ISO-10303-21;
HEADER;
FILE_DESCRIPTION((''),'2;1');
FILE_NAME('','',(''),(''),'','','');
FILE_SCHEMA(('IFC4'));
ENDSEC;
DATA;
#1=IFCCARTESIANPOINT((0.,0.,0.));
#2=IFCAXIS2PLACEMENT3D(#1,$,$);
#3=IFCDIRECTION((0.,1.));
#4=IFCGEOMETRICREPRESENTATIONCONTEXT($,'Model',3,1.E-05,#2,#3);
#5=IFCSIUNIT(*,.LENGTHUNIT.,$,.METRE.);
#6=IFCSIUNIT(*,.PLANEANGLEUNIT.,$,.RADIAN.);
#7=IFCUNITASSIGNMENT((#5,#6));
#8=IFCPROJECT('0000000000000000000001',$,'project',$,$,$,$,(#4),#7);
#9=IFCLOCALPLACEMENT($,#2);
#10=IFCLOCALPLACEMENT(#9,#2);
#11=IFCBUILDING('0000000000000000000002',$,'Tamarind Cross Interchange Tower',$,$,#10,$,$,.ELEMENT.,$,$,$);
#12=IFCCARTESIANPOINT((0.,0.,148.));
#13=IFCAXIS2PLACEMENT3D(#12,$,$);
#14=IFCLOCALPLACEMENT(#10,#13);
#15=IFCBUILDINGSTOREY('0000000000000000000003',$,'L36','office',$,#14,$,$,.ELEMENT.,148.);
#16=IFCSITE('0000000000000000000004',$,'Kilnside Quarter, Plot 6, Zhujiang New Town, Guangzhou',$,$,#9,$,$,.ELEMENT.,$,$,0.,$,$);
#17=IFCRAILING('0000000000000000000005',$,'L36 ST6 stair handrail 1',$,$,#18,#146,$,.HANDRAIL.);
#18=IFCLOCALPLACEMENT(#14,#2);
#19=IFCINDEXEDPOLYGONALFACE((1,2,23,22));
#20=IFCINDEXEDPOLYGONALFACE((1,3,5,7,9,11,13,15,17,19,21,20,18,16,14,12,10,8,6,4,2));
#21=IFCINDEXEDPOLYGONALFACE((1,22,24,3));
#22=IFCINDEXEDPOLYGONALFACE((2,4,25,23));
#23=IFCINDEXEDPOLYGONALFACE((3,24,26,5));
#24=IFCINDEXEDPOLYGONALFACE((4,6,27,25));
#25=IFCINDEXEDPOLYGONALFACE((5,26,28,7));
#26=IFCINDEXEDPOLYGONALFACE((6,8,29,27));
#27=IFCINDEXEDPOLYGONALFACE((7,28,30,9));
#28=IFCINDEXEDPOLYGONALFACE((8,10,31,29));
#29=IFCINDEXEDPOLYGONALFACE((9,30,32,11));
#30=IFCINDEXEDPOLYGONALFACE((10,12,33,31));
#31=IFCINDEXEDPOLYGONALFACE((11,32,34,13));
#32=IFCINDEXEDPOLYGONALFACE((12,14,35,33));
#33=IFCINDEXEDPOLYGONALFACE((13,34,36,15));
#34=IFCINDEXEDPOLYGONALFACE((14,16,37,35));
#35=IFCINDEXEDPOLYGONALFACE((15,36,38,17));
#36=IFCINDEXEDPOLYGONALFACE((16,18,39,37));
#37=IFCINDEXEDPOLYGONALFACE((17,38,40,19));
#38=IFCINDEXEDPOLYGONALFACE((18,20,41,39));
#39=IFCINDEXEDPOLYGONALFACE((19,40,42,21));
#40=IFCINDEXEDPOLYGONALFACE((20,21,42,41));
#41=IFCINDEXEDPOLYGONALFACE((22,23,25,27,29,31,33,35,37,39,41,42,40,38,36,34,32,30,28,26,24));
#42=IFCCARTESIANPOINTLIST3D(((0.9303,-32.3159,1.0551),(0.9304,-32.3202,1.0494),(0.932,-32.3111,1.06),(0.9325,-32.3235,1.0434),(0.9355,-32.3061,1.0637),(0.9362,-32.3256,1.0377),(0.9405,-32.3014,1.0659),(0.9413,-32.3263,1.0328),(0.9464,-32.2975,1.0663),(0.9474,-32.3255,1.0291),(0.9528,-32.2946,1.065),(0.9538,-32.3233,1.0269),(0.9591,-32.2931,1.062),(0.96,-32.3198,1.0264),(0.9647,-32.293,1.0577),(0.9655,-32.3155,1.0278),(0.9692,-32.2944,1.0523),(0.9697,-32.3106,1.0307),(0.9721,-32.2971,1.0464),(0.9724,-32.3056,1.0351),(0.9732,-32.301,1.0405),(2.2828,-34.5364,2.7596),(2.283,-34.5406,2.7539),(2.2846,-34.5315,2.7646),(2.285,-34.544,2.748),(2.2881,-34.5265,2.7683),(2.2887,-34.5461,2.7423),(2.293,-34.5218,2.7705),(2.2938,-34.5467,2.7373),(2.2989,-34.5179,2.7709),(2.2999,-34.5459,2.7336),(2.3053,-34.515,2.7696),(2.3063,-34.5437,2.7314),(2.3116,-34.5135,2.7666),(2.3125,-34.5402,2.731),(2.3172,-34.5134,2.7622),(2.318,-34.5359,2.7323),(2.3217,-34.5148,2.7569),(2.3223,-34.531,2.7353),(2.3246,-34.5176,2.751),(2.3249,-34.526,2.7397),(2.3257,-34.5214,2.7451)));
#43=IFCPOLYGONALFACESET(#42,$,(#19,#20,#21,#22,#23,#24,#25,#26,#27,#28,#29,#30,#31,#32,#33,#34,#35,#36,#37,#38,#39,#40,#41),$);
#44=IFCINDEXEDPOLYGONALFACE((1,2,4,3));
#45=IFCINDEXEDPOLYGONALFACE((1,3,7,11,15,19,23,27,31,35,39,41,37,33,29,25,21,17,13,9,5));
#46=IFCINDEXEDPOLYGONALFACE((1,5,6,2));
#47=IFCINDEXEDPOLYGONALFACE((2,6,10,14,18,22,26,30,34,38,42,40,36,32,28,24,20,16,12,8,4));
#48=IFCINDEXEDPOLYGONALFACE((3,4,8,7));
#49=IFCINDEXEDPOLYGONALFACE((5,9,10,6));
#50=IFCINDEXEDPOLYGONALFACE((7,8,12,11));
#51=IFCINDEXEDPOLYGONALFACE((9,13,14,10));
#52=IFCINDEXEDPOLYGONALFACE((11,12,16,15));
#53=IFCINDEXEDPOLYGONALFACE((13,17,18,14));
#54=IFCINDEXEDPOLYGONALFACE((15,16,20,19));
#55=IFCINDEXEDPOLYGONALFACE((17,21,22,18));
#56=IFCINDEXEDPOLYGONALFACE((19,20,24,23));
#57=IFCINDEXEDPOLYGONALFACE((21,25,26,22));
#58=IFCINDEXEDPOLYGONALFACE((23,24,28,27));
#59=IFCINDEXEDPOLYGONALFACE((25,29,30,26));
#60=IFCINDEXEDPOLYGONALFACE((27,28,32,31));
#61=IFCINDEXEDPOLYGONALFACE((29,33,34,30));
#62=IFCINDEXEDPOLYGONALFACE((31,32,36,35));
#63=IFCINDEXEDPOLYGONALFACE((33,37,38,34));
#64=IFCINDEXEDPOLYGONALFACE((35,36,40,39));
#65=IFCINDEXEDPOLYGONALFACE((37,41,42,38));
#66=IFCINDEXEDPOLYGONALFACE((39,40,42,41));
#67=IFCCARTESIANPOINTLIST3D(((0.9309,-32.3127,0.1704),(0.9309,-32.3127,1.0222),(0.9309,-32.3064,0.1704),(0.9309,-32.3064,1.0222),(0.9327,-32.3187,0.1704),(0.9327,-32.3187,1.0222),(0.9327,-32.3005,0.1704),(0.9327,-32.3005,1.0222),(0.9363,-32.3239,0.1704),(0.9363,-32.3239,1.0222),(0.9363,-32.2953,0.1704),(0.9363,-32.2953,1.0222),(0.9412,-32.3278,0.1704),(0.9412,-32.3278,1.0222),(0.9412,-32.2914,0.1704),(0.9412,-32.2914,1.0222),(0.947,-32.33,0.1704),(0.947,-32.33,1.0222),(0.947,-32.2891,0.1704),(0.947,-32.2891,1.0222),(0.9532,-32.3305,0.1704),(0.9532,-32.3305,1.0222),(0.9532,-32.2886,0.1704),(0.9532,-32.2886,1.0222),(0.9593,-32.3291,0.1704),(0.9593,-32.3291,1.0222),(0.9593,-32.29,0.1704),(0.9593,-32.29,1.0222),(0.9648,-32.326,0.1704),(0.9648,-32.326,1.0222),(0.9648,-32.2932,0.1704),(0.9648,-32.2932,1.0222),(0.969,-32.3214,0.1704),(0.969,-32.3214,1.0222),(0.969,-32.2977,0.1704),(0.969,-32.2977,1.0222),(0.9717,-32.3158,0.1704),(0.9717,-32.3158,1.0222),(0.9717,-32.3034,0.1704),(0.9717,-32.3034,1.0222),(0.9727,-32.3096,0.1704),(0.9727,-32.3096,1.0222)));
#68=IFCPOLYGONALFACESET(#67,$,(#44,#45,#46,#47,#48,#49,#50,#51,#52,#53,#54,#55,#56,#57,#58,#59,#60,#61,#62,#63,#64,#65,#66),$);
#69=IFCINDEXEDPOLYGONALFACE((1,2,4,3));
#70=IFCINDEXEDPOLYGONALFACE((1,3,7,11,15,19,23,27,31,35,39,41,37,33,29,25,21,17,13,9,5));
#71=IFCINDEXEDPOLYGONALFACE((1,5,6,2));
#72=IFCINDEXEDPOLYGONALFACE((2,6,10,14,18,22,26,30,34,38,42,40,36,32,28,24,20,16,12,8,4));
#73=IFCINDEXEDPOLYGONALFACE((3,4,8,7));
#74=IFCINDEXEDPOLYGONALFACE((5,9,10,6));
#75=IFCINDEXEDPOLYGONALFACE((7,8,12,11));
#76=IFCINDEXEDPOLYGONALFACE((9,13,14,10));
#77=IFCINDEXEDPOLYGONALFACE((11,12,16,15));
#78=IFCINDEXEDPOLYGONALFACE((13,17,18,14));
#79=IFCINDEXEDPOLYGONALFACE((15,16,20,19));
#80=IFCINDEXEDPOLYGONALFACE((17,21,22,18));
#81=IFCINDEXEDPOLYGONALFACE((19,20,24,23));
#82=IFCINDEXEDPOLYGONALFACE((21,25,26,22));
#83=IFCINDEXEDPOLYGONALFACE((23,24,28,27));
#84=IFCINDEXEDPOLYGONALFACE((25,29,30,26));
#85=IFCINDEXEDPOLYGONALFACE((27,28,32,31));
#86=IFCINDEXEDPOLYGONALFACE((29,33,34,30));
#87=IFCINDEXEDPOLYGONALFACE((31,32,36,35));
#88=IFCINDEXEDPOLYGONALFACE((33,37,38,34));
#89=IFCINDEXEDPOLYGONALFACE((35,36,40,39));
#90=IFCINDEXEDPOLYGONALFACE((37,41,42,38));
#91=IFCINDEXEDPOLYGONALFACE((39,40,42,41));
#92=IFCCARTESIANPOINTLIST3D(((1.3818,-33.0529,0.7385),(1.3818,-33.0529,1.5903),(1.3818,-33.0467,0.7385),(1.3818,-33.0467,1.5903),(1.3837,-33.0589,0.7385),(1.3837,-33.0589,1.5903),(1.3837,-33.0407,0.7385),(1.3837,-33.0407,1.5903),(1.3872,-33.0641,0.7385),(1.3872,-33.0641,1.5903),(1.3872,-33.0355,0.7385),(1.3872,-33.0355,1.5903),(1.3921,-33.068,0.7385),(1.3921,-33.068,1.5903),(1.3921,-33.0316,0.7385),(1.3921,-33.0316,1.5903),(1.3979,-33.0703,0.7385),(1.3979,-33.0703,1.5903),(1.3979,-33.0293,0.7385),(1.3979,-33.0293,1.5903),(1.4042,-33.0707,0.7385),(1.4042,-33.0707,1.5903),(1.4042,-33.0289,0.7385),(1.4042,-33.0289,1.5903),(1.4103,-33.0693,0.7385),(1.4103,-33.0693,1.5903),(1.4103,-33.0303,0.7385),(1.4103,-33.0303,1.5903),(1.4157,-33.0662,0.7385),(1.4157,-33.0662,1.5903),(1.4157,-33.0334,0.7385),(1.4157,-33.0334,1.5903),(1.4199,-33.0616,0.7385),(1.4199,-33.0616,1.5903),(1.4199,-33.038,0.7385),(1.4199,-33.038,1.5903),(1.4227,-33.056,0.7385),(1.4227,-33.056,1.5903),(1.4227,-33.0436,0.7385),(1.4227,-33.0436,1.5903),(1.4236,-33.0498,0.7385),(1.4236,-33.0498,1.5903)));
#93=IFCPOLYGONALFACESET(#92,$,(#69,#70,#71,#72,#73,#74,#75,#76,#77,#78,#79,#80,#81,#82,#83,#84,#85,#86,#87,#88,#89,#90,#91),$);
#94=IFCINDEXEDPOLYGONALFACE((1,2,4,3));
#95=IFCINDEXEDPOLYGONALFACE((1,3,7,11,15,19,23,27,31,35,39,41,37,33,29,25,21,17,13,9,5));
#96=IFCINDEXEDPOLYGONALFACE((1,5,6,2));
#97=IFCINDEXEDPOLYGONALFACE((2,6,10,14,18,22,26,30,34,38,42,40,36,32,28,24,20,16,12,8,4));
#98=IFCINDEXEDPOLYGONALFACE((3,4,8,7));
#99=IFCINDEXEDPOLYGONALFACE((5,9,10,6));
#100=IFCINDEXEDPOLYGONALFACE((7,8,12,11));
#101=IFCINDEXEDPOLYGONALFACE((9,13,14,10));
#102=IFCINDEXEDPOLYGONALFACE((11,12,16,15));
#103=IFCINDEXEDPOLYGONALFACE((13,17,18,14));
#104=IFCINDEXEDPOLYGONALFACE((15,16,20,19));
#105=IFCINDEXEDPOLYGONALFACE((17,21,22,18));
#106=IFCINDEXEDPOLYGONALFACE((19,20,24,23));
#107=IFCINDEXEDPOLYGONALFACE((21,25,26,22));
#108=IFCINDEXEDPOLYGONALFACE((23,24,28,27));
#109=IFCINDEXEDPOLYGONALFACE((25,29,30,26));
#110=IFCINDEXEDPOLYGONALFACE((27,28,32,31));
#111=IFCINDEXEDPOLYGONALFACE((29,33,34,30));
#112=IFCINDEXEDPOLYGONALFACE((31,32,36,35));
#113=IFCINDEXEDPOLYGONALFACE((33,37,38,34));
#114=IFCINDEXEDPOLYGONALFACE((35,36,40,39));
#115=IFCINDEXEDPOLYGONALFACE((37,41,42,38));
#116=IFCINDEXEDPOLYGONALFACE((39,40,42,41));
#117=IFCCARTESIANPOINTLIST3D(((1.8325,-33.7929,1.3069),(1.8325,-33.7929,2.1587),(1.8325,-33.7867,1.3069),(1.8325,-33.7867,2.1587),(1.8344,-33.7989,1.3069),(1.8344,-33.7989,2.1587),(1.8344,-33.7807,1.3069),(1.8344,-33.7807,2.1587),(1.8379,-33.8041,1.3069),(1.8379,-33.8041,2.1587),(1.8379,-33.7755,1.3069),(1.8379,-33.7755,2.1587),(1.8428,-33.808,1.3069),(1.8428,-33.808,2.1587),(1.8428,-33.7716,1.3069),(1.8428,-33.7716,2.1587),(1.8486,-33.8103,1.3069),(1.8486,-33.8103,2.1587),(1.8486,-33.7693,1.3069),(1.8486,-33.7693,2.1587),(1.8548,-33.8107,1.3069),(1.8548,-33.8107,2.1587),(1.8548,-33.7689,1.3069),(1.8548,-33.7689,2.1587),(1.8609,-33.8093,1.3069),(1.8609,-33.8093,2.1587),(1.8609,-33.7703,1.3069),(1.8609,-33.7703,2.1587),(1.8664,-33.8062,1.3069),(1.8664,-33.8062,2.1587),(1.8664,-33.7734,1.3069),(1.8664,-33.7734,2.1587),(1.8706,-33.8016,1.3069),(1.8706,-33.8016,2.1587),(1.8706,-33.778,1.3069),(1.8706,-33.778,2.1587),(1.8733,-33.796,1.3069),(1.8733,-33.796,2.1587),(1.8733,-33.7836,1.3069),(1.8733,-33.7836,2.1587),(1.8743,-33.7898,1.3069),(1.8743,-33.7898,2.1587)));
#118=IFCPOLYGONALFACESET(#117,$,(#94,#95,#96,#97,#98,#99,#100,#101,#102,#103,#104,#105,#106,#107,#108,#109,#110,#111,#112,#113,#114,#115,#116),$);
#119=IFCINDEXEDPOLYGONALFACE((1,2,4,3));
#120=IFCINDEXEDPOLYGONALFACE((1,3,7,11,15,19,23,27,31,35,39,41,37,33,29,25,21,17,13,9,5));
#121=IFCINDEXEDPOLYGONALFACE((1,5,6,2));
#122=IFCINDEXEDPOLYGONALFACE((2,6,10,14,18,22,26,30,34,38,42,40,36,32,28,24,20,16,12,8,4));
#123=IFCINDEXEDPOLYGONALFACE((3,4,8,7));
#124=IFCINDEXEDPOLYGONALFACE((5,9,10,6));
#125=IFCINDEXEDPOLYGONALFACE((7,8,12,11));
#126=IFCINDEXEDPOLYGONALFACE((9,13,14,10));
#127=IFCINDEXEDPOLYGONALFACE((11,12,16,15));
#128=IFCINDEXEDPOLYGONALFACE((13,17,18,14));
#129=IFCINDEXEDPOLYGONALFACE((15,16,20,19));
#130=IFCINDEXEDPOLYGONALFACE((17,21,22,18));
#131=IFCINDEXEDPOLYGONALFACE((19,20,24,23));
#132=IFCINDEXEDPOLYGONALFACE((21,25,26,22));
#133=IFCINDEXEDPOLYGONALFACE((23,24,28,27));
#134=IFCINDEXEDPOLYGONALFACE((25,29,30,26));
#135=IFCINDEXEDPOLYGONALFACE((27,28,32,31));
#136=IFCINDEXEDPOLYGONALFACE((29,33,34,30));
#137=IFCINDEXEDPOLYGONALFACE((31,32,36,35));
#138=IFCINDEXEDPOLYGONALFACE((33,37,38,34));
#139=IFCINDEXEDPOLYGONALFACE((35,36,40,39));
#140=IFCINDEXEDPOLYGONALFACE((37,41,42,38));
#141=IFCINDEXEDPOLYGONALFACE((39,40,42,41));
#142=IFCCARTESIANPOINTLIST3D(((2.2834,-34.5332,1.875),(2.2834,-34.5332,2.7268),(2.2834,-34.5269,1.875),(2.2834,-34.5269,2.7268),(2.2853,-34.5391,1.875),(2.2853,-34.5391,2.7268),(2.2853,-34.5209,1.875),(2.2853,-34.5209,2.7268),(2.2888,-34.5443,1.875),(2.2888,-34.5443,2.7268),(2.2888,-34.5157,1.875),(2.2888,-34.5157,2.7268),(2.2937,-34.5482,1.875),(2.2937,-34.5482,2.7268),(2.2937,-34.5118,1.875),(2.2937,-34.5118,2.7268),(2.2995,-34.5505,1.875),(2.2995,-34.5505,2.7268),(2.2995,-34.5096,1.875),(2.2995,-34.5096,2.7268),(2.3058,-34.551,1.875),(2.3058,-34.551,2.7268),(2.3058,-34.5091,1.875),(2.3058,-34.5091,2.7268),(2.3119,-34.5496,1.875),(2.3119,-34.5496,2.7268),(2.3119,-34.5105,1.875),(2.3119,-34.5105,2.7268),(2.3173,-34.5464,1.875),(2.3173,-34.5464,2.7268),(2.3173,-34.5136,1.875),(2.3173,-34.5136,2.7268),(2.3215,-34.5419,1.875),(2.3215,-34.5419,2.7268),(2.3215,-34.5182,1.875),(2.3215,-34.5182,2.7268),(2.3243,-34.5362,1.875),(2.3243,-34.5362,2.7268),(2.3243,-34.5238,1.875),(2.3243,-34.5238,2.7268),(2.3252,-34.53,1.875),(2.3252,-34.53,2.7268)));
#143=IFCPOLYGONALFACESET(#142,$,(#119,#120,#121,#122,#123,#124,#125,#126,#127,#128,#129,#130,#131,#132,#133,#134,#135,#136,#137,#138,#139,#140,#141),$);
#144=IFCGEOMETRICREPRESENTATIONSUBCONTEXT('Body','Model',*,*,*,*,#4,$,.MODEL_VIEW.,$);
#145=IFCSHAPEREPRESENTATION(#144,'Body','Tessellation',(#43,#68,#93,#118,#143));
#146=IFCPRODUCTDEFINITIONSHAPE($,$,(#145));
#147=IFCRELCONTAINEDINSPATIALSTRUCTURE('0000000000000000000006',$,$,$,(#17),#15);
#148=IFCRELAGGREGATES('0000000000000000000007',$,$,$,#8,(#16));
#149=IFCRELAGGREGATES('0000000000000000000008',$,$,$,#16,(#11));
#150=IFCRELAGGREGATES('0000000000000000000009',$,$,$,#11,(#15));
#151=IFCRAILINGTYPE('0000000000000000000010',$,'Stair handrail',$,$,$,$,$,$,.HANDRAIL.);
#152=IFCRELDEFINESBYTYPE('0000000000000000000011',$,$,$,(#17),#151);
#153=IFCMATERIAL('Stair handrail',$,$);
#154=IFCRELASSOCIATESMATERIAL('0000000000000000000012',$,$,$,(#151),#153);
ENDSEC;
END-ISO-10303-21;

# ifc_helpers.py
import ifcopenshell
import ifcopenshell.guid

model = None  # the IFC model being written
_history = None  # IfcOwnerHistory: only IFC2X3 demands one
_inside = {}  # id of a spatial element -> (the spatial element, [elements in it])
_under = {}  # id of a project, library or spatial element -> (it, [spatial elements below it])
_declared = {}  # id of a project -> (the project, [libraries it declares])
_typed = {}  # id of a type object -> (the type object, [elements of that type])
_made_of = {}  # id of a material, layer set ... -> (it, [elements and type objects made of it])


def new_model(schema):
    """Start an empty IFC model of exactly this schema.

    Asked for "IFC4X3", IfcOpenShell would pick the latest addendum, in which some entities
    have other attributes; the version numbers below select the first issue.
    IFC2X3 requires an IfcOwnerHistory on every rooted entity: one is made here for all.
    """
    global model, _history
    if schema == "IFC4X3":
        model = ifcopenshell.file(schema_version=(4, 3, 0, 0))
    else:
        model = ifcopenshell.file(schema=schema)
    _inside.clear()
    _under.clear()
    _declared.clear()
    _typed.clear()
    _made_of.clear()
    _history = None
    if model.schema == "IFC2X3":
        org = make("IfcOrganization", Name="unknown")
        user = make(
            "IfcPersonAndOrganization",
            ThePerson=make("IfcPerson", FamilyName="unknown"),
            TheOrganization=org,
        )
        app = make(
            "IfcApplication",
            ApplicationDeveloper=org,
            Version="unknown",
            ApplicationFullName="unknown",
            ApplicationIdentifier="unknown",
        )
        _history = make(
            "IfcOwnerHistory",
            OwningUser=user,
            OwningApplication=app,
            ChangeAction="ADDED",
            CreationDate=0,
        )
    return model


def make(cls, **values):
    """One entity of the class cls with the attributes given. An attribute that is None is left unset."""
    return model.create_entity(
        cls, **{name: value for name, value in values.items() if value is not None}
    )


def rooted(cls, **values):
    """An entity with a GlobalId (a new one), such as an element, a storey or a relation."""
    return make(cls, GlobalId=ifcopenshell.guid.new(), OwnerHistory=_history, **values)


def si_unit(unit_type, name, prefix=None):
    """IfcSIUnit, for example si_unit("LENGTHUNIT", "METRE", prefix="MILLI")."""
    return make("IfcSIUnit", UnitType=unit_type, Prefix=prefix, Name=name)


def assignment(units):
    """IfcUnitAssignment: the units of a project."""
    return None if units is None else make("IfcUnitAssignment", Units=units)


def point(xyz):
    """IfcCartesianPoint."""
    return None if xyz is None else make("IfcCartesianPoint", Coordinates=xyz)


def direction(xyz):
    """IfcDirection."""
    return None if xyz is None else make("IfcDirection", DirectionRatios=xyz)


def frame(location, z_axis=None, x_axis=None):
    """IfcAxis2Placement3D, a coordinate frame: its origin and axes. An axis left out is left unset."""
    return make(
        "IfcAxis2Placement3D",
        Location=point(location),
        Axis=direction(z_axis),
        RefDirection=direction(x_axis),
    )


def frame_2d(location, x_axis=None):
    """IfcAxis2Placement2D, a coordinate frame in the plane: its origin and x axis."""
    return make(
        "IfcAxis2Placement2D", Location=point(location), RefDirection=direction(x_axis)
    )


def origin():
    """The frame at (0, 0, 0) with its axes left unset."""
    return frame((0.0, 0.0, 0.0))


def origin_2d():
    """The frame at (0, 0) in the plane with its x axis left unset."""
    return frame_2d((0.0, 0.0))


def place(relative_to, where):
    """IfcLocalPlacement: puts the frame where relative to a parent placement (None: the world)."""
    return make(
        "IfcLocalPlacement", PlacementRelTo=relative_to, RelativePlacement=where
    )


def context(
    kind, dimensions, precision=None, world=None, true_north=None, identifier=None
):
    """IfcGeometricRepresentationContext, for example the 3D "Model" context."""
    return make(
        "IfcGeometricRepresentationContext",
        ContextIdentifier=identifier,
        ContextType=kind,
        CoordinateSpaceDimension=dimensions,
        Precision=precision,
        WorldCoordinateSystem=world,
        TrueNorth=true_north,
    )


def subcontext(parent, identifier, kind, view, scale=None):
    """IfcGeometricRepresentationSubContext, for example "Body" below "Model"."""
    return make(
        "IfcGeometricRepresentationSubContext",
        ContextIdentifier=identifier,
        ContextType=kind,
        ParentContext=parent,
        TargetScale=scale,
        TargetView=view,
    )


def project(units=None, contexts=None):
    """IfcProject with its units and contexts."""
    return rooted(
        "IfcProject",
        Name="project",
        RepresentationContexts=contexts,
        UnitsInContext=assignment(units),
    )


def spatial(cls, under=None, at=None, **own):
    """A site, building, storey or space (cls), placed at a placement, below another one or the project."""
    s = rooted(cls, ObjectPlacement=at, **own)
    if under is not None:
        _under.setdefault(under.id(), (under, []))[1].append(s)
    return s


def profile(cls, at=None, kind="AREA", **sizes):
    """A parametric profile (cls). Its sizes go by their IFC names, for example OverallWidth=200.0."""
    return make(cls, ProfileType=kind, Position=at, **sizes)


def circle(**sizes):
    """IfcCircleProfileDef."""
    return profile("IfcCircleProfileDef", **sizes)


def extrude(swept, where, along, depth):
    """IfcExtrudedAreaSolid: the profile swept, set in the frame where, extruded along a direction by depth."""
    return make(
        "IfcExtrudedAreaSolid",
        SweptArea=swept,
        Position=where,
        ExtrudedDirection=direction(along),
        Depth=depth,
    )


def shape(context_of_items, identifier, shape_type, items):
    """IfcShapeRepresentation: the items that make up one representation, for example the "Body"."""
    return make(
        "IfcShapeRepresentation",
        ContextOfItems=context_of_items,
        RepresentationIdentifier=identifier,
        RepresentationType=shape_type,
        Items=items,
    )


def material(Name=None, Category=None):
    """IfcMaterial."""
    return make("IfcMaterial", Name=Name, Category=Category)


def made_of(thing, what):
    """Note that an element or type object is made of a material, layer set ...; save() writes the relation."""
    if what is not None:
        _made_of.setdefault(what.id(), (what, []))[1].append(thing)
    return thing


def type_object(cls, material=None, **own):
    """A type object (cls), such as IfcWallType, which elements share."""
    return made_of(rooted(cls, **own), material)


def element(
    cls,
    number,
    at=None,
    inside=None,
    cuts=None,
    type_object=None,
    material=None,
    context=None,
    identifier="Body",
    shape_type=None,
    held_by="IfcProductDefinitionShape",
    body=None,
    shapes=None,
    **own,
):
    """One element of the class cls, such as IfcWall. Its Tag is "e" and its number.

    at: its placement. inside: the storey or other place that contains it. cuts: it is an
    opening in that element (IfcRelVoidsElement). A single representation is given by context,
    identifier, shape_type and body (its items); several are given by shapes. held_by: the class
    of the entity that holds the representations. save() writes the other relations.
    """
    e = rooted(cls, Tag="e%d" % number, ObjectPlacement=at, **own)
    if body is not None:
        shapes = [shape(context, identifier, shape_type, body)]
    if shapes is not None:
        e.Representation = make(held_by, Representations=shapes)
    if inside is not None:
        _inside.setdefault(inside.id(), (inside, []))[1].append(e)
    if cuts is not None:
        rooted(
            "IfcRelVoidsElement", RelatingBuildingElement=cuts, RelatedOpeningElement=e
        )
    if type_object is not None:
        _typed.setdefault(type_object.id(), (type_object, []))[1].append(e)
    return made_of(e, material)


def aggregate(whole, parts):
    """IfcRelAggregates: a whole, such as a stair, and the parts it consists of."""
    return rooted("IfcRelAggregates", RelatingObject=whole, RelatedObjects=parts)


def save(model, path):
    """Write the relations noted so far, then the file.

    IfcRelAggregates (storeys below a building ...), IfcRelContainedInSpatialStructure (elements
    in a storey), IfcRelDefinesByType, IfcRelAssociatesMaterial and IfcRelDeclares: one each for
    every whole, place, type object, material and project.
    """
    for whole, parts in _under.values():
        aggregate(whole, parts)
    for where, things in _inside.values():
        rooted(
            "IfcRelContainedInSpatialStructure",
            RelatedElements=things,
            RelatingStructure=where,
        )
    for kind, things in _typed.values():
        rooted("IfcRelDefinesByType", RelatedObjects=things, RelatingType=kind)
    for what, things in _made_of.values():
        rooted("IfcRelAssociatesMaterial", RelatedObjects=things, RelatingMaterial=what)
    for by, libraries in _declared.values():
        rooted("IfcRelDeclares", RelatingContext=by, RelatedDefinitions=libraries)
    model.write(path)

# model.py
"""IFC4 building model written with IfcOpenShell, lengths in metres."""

from ifc_helpers import new_model, si_unit, direction, frame, origin, origin_2d, place, context, subcontext, project, spatial, circle, extrude, material, type_object, element, save


model = new_model("IFC4")

# Units and contexts
model_context = context("Model", 3, precision=1e-05, world=origin(), true_north=direction((0.0, 1.0)))
body_context = subcontext(model_context, "Body", "Model", "MODEL_VIEW")
ifc_project = project(units=[si_unit("LENGTHUNIT", "METRE"), si_unit("PLANEANGLEUNIT", "RADIAN")], contexts=[model_context])

# Site, building, storey
site_placement = place(None, origin())
site = spatial("IfcSite", under=ifc_project, at=site_placement, Name="Kilnside Quarter, Plot 6, Zhujiang New Town, Guangzhou", CompositionType="ELEMENT", RefElevation=0.0)
building_placement = place(site_placement, origin())
building = spatial("IfcBuilding", under=site, at=building_placement, Name="Tamarind Cross Interchange Tower", CompositionType="ELEMENT")
storey_placement = place(building_placement, frame((0.0, 0.0, 148.0)))
storey = spatial("IfcBuildingStorey", under=building, at=storey_placement, Name="L36", Description="office", CompositionType="ELEMENT", Elevation=148.0)

# Railing
ifc_material_1 = material(Name="Stair handrail")
railing_type_1 = type_object("IfcRailingType", Name="Stair handrail", PredefinedType="HANDRAIL", material=ifc_material_1)
railing_1_placement = place(storey_placement, frame((0.9517, -32.3096, 0.1704)))
element("IfcRailing", 1, at=railing_1_placement, inside=storey, type_object=railing_type_1, Name="L36 ST6 stair handrail 1", PredefinedType="HANDRAIL", context=body_context, shape_type="SweptSolid", body=[
    extrude(circle(Radius=0.0239, at=origin_2d()), frame((0.0, 0.0, 0.876), z_axis=(0.43505, -0.71422, 0.548289), x_axis=(0.854035, 0.520215, 0.0)), (0.0, 0.0, 1.0), 3.1089),
    extrude(circle(Radius=0.021, at=origin_2d()), origin(), (0.0, 0.0, 1.0), 0.8518),
    extrude(circle(Radius=0.021, at=origin_2d()), frame((0.4509, -0.7402, 0.5681)), (0.0, 0.0, 1.0), 0.8518),
    extrude(circle(Radius=0.021, at=origin_2d()), frame((0.9016, -1.4802, 1.1365)), (0.0, 0.0, 1.0), 0.8518),
    extrude(circle(Radius=0.021, at=origin_2d()), frame((1.3525, -2.2205, 1.7046)), (0.0, 0.0, 1.0), 0.8518),
])

save(model, "model.ifc")
